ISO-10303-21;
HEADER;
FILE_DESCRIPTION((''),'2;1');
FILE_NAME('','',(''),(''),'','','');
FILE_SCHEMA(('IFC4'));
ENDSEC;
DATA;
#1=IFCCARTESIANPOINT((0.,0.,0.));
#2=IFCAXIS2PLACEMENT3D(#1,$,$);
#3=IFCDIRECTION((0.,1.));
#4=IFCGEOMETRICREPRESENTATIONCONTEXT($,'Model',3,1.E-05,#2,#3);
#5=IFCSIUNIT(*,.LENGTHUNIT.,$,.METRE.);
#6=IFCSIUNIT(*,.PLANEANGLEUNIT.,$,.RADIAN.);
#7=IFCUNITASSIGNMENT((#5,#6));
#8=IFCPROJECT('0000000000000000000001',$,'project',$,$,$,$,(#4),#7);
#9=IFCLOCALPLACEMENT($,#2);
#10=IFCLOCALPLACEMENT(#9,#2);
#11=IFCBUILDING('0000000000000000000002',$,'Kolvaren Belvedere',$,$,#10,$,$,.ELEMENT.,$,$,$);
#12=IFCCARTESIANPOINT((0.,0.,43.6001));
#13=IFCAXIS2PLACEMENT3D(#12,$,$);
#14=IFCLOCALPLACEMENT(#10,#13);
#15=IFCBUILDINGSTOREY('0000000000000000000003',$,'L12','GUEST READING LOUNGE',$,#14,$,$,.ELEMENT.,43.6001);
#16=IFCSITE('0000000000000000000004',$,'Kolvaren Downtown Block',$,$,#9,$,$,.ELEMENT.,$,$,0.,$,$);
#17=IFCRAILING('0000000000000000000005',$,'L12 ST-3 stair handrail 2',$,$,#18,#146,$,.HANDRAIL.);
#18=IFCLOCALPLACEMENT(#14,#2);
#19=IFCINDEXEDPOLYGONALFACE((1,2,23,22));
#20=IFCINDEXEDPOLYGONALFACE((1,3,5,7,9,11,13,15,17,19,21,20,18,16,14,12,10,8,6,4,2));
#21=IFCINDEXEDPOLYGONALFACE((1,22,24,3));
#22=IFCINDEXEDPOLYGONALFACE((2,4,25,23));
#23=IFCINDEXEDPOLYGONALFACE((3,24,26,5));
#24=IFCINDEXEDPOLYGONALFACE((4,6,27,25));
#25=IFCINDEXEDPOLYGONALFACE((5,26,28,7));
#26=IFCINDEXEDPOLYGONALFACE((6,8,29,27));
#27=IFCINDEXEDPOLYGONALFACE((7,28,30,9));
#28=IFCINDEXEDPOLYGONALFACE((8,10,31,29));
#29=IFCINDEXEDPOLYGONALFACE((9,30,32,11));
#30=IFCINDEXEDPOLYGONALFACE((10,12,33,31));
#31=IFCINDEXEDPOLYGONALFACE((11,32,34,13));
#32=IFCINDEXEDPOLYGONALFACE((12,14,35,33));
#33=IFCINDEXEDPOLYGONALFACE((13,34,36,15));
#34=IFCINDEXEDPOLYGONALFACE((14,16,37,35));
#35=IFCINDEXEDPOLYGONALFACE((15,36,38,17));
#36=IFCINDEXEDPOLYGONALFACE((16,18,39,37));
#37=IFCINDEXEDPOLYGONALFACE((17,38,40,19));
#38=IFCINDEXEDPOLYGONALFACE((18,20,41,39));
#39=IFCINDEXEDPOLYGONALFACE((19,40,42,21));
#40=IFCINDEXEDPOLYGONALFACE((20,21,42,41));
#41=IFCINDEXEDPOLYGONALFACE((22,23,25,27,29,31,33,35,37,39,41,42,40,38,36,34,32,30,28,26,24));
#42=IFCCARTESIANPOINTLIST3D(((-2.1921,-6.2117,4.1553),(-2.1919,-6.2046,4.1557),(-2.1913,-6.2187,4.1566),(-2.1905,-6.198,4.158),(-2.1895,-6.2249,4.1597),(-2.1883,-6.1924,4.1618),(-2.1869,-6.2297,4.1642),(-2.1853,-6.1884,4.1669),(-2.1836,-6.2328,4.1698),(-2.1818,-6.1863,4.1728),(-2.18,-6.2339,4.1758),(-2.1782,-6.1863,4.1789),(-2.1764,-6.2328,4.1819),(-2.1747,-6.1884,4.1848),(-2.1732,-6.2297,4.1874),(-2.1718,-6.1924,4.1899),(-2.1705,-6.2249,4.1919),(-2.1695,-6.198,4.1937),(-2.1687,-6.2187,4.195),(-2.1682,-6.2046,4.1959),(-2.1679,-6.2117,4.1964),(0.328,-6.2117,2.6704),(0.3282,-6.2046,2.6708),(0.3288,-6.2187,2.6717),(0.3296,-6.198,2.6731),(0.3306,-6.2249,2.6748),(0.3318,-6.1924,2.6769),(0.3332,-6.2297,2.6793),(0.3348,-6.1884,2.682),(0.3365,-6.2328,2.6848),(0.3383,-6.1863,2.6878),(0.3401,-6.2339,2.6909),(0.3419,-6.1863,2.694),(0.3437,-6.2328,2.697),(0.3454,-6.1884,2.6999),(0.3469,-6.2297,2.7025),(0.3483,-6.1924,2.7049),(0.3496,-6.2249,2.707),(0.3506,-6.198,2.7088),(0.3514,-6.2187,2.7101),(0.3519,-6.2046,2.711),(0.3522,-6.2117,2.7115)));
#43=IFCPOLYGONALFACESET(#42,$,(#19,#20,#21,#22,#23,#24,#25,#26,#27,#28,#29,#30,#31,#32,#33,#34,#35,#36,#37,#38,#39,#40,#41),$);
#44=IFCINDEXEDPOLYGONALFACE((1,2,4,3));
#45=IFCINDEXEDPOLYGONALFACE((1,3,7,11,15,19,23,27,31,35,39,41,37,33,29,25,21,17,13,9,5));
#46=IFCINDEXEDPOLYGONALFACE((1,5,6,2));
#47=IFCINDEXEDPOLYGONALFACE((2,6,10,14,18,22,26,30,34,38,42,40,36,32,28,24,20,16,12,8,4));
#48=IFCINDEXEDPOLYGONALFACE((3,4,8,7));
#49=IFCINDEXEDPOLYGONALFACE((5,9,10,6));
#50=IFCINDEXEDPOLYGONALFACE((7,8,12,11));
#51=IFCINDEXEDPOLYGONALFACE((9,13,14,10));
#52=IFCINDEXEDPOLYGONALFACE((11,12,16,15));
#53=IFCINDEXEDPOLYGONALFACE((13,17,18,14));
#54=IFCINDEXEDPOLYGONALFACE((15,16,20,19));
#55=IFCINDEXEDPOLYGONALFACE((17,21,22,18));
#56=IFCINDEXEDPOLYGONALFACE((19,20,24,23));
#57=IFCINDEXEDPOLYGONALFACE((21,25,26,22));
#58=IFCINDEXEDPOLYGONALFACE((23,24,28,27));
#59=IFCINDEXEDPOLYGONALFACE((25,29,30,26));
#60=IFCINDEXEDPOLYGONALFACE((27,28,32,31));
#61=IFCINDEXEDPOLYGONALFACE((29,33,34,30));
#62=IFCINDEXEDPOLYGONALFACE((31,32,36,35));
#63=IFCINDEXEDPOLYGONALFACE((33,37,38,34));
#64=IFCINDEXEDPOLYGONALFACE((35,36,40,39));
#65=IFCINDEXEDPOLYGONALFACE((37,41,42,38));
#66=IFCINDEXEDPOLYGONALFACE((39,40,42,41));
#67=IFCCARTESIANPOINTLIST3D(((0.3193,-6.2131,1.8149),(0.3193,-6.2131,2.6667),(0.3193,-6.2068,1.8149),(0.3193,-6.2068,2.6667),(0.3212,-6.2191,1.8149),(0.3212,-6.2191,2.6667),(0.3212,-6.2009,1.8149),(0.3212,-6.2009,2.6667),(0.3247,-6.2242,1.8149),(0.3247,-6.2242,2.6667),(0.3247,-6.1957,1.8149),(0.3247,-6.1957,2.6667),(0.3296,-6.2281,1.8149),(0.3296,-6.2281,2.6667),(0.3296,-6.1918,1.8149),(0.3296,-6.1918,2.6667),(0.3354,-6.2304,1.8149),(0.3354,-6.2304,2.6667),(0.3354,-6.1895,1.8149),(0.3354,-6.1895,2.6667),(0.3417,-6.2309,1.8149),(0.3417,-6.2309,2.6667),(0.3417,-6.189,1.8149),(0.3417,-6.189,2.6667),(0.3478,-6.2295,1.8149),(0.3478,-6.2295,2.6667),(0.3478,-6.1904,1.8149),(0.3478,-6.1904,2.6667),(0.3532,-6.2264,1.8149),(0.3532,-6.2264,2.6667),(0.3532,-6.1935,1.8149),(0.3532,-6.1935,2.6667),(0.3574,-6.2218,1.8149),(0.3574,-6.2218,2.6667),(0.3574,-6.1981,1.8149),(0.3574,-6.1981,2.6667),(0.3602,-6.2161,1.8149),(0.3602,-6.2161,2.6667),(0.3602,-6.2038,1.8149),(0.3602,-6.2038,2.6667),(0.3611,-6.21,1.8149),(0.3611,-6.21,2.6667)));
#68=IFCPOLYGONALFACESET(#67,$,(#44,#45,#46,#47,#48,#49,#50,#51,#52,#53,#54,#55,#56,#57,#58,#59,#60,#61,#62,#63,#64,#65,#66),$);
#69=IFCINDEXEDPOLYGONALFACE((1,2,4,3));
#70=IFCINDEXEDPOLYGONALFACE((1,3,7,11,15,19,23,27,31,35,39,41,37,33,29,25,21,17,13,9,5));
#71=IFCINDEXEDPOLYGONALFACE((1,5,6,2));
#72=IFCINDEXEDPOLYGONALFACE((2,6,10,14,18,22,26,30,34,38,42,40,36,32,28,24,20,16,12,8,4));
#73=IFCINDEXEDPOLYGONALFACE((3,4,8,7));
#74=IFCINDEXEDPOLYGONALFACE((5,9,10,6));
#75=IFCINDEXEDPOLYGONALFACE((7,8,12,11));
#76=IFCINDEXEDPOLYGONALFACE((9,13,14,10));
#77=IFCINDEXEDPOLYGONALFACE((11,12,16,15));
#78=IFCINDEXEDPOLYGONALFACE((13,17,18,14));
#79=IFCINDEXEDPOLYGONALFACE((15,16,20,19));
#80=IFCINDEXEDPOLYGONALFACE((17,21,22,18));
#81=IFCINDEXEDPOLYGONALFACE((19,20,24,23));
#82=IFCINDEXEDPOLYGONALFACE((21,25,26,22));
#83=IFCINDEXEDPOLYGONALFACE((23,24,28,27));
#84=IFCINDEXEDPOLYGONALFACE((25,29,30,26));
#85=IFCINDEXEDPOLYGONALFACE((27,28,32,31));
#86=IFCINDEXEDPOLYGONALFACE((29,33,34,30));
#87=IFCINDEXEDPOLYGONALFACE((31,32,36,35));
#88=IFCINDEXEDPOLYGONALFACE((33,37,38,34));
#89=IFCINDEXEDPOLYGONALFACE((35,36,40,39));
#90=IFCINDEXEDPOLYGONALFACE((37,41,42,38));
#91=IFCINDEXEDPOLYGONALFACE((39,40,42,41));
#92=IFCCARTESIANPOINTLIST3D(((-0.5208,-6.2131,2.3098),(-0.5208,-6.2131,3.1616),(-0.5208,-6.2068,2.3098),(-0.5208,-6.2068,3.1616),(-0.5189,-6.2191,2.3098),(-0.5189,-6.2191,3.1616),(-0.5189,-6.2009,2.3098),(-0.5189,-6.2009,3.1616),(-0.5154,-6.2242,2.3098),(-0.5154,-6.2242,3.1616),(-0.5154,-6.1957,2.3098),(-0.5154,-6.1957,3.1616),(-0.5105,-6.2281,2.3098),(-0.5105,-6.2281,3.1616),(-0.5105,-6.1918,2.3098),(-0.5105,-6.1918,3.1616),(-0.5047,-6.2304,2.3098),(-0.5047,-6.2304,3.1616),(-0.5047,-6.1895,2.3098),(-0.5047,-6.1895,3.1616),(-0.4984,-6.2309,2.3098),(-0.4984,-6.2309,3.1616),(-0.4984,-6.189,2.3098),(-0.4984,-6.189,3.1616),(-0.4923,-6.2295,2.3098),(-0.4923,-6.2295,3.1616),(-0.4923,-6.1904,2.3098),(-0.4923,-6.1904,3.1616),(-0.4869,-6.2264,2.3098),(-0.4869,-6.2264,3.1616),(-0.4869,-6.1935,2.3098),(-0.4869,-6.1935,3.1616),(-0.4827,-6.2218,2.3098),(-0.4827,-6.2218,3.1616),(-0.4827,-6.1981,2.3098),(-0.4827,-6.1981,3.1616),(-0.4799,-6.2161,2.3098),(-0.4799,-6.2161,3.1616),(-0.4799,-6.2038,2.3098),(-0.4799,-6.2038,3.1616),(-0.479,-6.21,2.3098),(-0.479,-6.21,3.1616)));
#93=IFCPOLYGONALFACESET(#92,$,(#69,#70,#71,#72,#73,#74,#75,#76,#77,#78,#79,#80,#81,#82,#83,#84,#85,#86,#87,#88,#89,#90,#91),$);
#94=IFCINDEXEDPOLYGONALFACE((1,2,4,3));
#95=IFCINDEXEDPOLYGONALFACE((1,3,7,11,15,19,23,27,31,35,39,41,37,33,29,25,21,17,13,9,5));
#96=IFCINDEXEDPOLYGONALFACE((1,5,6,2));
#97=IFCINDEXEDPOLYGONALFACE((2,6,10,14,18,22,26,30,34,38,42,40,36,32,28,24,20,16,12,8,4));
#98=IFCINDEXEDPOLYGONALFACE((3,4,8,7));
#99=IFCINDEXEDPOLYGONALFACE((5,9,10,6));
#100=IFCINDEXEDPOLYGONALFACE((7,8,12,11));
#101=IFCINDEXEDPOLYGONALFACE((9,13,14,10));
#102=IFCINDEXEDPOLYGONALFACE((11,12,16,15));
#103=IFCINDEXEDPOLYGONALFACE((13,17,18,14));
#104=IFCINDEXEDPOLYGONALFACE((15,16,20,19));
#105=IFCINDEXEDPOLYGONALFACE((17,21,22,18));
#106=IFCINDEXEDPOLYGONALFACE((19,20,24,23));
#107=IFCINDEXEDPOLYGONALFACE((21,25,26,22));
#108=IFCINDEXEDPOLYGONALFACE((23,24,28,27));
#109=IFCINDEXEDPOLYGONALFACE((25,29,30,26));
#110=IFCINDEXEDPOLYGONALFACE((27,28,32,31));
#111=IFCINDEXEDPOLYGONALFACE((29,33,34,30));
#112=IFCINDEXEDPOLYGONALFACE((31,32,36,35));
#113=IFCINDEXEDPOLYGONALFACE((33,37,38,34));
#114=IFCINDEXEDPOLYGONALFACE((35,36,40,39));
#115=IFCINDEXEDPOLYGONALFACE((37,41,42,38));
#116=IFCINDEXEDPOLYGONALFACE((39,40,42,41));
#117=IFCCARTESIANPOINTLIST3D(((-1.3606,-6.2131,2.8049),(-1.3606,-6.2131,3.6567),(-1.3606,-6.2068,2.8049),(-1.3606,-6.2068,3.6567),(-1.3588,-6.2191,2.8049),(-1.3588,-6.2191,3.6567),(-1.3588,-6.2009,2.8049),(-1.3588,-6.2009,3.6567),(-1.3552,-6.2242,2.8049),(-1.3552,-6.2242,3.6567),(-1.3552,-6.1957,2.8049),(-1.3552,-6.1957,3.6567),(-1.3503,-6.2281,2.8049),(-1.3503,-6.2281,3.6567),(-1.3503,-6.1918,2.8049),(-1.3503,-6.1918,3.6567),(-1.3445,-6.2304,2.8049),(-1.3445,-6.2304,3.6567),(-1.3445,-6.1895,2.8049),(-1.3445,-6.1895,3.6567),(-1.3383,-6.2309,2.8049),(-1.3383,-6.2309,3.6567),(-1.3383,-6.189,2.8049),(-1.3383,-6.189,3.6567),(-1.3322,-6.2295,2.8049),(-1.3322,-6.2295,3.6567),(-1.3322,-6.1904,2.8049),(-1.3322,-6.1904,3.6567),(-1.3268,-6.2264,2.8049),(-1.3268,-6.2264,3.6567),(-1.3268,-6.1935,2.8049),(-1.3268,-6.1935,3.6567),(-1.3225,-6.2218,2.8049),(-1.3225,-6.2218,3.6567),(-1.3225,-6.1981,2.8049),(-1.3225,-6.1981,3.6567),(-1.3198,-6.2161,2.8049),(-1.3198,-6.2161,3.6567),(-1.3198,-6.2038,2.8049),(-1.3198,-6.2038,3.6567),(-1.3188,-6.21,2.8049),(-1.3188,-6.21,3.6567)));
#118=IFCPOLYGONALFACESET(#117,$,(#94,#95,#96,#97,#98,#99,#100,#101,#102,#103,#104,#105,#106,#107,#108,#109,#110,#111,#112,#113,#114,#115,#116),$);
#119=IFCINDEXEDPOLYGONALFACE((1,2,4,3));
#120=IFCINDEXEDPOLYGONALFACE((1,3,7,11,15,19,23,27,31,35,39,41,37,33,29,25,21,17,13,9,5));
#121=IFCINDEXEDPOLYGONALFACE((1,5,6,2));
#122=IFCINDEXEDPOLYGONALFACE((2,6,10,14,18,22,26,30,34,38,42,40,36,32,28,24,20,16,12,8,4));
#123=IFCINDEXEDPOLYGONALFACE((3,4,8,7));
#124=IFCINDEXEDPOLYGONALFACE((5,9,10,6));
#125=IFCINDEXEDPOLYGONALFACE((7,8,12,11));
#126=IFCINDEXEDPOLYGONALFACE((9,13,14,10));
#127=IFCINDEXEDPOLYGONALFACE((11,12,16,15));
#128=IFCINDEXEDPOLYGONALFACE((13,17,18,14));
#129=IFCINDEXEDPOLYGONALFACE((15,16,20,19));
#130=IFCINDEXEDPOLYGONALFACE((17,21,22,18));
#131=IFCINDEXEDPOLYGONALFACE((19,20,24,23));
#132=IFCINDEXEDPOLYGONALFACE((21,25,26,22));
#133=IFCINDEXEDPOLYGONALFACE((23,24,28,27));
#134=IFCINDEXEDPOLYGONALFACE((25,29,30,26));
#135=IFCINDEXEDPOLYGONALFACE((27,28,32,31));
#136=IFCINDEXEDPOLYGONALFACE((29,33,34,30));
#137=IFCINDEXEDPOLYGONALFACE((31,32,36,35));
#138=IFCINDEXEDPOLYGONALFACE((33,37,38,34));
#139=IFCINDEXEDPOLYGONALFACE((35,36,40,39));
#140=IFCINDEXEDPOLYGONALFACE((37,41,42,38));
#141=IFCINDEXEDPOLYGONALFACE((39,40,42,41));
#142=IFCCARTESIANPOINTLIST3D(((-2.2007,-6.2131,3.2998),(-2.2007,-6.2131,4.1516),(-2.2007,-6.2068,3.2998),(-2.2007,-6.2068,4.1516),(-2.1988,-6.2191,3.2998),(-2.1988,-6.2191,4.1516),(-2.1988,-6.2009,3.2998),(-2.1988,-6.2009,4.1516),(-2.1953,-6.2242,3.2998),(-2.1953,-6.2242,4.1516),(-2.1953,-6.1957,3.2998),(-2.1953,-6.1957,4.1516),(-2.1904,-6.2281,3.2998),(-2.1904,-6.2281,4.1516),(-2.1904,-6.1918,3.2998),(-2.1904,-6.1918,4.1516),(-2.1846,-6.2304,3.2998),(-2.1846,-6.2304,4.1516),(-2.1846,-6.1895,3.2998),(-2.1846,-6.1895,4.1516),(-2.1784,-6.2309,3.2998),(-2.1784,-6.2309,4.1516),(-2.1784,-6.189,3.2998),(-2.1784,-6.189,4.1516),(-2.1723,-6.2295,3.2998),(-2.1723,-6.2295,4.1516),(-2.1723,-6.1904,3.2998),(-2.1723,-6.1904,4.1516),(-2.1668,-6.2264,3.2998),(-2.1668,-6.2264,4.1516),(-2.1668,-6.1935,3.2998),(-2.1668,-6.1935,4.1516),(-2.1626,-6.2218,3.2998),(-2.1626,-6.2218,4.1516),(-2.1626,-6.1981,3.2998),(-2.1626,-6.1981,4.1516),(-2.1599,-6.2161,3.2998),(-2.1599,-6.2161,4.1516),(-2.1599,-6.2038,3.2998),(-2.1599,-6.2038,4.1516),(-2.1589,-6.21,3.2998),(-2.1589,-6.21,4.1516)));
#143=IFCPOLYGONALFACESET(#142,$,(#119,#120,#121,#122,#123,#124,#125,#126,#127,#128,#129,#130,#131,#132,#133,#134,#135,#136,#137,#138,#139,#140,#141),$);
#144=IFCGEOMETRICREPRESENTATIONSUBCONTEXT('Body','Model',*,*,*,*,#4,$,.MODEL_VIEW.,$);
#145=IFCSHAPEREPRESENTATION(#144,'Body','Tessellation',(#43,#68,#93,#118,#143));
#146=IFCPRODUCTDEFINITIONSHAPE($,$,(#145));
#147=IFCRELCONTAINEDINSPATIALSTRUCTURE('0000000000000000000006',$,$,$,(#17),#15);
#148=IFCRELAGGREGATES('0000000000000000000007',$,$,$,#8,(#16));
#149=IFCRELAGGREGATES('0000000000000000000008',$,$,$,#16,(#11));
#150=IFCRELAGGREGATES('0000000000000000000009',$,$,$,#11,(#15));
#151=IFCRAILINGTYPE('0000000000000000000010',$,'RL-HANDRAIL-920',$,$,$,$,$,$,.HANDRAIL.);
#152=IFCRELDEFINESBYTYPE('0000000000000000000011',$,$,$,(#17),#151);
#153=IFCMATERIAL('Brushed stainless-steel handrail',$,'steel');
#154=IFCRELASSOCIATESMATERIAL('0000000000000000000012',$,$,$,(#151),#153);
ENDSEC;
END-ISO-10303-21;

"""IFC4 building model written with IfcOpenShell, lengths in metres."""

from ifc_helpers import new_model, si_unit, direction, frame, origin, origin_2d, place, context, subcontext, project, spatial, circle, extrude, material, type_object, element, save


model = new_model("IFC4")

# Units and contexts
model_context = context("Model", 3, precision=1e-05, world=origin(), true_north=direction((0.0, 1.0)))
body_context = subcontext(model_context, "Body", "Model", "MODEL_VIEW")
ifc_project = project(units=[si_unit("LENGTHUNIT", "METRE"), si_unit("PLANEANGLEUNIT", "RADIAN")], contexts=[model_context])

# Site, building, storey
site_placement = place(None, origin())
site = spatial("IfcSite", under=ifc_project, at=site_placement, Name="Kolvaren Downtown Block", CompositionType="ELEMENT", RefElevation=0.0)
building_placement = place(site_placement, origin())
building = spatial("IfcBuilding", under=site, at=building_placement, Name="Kolvaren Belvedere", CompositionType="ELEMENT")
storey_placement = place(building_placement, frame((0.0, 0.0, 43.6001)))
storey = spatial("IfcBuildingStorey", under=building, at=storey_placement, Name="L12", Description="GUEST READING LOUNGE", CompositionType="ELEMENT", Elevation=43.6001)

# Railing
ifc_material_1 = material(Name="Brushed stainless-steel handrail", Category="steel")
railing_type_1 = type_object("IfcRailingType", Name="RL-HANDRAIL-920", PredefinedType="HANDRAIL", material=ifc_material_1)
railing_1_placement = place(storey_placement, frame((0.3401, -6.21, 1.8149)))
element("IfcRailing", 1, at=railing_1_placement, inside=storey, type_object=railing_type_1, Name="L12 ST-3 stair handrail 2", PredefinedType="HANDRAIL", context=body_context, shape_type="SweptSolid", body=[
    extrude(circle(Radius=0.0239, at=origin_2d()), frame((0.0, 0.0, 0.876), z_axis=(-0.861561, 0.0, 0.507655), x_axis=(0.0, -1.0, 0.0)), (0.0, 0.0, 1.0), 2.925),
    extrude(circle(Radius=0.021, at=origin_2d()), origin(), (0.0, 0.0, 1.0), 0.8518),
    extrude(circle(Radius=0.021, at=origin_2d()), frame((-0.8401, 0.0, 0.4949)), (0.0, 0.0, 1.0), 0.8518),
    extrude(circle(Radius=0.021, at=origin_2d()), frame((-1.6799, 0.0, 0.99)), (0.0, 0.0, 1.0), 0.8518),
    extrude(circle(Radius=0.021, at=origin_2d()), frame((-2.52, 0.0, 1.4849)), (0.0, 0.0, 1.0), 0.8518),
])

save(model, "model.ifc")
